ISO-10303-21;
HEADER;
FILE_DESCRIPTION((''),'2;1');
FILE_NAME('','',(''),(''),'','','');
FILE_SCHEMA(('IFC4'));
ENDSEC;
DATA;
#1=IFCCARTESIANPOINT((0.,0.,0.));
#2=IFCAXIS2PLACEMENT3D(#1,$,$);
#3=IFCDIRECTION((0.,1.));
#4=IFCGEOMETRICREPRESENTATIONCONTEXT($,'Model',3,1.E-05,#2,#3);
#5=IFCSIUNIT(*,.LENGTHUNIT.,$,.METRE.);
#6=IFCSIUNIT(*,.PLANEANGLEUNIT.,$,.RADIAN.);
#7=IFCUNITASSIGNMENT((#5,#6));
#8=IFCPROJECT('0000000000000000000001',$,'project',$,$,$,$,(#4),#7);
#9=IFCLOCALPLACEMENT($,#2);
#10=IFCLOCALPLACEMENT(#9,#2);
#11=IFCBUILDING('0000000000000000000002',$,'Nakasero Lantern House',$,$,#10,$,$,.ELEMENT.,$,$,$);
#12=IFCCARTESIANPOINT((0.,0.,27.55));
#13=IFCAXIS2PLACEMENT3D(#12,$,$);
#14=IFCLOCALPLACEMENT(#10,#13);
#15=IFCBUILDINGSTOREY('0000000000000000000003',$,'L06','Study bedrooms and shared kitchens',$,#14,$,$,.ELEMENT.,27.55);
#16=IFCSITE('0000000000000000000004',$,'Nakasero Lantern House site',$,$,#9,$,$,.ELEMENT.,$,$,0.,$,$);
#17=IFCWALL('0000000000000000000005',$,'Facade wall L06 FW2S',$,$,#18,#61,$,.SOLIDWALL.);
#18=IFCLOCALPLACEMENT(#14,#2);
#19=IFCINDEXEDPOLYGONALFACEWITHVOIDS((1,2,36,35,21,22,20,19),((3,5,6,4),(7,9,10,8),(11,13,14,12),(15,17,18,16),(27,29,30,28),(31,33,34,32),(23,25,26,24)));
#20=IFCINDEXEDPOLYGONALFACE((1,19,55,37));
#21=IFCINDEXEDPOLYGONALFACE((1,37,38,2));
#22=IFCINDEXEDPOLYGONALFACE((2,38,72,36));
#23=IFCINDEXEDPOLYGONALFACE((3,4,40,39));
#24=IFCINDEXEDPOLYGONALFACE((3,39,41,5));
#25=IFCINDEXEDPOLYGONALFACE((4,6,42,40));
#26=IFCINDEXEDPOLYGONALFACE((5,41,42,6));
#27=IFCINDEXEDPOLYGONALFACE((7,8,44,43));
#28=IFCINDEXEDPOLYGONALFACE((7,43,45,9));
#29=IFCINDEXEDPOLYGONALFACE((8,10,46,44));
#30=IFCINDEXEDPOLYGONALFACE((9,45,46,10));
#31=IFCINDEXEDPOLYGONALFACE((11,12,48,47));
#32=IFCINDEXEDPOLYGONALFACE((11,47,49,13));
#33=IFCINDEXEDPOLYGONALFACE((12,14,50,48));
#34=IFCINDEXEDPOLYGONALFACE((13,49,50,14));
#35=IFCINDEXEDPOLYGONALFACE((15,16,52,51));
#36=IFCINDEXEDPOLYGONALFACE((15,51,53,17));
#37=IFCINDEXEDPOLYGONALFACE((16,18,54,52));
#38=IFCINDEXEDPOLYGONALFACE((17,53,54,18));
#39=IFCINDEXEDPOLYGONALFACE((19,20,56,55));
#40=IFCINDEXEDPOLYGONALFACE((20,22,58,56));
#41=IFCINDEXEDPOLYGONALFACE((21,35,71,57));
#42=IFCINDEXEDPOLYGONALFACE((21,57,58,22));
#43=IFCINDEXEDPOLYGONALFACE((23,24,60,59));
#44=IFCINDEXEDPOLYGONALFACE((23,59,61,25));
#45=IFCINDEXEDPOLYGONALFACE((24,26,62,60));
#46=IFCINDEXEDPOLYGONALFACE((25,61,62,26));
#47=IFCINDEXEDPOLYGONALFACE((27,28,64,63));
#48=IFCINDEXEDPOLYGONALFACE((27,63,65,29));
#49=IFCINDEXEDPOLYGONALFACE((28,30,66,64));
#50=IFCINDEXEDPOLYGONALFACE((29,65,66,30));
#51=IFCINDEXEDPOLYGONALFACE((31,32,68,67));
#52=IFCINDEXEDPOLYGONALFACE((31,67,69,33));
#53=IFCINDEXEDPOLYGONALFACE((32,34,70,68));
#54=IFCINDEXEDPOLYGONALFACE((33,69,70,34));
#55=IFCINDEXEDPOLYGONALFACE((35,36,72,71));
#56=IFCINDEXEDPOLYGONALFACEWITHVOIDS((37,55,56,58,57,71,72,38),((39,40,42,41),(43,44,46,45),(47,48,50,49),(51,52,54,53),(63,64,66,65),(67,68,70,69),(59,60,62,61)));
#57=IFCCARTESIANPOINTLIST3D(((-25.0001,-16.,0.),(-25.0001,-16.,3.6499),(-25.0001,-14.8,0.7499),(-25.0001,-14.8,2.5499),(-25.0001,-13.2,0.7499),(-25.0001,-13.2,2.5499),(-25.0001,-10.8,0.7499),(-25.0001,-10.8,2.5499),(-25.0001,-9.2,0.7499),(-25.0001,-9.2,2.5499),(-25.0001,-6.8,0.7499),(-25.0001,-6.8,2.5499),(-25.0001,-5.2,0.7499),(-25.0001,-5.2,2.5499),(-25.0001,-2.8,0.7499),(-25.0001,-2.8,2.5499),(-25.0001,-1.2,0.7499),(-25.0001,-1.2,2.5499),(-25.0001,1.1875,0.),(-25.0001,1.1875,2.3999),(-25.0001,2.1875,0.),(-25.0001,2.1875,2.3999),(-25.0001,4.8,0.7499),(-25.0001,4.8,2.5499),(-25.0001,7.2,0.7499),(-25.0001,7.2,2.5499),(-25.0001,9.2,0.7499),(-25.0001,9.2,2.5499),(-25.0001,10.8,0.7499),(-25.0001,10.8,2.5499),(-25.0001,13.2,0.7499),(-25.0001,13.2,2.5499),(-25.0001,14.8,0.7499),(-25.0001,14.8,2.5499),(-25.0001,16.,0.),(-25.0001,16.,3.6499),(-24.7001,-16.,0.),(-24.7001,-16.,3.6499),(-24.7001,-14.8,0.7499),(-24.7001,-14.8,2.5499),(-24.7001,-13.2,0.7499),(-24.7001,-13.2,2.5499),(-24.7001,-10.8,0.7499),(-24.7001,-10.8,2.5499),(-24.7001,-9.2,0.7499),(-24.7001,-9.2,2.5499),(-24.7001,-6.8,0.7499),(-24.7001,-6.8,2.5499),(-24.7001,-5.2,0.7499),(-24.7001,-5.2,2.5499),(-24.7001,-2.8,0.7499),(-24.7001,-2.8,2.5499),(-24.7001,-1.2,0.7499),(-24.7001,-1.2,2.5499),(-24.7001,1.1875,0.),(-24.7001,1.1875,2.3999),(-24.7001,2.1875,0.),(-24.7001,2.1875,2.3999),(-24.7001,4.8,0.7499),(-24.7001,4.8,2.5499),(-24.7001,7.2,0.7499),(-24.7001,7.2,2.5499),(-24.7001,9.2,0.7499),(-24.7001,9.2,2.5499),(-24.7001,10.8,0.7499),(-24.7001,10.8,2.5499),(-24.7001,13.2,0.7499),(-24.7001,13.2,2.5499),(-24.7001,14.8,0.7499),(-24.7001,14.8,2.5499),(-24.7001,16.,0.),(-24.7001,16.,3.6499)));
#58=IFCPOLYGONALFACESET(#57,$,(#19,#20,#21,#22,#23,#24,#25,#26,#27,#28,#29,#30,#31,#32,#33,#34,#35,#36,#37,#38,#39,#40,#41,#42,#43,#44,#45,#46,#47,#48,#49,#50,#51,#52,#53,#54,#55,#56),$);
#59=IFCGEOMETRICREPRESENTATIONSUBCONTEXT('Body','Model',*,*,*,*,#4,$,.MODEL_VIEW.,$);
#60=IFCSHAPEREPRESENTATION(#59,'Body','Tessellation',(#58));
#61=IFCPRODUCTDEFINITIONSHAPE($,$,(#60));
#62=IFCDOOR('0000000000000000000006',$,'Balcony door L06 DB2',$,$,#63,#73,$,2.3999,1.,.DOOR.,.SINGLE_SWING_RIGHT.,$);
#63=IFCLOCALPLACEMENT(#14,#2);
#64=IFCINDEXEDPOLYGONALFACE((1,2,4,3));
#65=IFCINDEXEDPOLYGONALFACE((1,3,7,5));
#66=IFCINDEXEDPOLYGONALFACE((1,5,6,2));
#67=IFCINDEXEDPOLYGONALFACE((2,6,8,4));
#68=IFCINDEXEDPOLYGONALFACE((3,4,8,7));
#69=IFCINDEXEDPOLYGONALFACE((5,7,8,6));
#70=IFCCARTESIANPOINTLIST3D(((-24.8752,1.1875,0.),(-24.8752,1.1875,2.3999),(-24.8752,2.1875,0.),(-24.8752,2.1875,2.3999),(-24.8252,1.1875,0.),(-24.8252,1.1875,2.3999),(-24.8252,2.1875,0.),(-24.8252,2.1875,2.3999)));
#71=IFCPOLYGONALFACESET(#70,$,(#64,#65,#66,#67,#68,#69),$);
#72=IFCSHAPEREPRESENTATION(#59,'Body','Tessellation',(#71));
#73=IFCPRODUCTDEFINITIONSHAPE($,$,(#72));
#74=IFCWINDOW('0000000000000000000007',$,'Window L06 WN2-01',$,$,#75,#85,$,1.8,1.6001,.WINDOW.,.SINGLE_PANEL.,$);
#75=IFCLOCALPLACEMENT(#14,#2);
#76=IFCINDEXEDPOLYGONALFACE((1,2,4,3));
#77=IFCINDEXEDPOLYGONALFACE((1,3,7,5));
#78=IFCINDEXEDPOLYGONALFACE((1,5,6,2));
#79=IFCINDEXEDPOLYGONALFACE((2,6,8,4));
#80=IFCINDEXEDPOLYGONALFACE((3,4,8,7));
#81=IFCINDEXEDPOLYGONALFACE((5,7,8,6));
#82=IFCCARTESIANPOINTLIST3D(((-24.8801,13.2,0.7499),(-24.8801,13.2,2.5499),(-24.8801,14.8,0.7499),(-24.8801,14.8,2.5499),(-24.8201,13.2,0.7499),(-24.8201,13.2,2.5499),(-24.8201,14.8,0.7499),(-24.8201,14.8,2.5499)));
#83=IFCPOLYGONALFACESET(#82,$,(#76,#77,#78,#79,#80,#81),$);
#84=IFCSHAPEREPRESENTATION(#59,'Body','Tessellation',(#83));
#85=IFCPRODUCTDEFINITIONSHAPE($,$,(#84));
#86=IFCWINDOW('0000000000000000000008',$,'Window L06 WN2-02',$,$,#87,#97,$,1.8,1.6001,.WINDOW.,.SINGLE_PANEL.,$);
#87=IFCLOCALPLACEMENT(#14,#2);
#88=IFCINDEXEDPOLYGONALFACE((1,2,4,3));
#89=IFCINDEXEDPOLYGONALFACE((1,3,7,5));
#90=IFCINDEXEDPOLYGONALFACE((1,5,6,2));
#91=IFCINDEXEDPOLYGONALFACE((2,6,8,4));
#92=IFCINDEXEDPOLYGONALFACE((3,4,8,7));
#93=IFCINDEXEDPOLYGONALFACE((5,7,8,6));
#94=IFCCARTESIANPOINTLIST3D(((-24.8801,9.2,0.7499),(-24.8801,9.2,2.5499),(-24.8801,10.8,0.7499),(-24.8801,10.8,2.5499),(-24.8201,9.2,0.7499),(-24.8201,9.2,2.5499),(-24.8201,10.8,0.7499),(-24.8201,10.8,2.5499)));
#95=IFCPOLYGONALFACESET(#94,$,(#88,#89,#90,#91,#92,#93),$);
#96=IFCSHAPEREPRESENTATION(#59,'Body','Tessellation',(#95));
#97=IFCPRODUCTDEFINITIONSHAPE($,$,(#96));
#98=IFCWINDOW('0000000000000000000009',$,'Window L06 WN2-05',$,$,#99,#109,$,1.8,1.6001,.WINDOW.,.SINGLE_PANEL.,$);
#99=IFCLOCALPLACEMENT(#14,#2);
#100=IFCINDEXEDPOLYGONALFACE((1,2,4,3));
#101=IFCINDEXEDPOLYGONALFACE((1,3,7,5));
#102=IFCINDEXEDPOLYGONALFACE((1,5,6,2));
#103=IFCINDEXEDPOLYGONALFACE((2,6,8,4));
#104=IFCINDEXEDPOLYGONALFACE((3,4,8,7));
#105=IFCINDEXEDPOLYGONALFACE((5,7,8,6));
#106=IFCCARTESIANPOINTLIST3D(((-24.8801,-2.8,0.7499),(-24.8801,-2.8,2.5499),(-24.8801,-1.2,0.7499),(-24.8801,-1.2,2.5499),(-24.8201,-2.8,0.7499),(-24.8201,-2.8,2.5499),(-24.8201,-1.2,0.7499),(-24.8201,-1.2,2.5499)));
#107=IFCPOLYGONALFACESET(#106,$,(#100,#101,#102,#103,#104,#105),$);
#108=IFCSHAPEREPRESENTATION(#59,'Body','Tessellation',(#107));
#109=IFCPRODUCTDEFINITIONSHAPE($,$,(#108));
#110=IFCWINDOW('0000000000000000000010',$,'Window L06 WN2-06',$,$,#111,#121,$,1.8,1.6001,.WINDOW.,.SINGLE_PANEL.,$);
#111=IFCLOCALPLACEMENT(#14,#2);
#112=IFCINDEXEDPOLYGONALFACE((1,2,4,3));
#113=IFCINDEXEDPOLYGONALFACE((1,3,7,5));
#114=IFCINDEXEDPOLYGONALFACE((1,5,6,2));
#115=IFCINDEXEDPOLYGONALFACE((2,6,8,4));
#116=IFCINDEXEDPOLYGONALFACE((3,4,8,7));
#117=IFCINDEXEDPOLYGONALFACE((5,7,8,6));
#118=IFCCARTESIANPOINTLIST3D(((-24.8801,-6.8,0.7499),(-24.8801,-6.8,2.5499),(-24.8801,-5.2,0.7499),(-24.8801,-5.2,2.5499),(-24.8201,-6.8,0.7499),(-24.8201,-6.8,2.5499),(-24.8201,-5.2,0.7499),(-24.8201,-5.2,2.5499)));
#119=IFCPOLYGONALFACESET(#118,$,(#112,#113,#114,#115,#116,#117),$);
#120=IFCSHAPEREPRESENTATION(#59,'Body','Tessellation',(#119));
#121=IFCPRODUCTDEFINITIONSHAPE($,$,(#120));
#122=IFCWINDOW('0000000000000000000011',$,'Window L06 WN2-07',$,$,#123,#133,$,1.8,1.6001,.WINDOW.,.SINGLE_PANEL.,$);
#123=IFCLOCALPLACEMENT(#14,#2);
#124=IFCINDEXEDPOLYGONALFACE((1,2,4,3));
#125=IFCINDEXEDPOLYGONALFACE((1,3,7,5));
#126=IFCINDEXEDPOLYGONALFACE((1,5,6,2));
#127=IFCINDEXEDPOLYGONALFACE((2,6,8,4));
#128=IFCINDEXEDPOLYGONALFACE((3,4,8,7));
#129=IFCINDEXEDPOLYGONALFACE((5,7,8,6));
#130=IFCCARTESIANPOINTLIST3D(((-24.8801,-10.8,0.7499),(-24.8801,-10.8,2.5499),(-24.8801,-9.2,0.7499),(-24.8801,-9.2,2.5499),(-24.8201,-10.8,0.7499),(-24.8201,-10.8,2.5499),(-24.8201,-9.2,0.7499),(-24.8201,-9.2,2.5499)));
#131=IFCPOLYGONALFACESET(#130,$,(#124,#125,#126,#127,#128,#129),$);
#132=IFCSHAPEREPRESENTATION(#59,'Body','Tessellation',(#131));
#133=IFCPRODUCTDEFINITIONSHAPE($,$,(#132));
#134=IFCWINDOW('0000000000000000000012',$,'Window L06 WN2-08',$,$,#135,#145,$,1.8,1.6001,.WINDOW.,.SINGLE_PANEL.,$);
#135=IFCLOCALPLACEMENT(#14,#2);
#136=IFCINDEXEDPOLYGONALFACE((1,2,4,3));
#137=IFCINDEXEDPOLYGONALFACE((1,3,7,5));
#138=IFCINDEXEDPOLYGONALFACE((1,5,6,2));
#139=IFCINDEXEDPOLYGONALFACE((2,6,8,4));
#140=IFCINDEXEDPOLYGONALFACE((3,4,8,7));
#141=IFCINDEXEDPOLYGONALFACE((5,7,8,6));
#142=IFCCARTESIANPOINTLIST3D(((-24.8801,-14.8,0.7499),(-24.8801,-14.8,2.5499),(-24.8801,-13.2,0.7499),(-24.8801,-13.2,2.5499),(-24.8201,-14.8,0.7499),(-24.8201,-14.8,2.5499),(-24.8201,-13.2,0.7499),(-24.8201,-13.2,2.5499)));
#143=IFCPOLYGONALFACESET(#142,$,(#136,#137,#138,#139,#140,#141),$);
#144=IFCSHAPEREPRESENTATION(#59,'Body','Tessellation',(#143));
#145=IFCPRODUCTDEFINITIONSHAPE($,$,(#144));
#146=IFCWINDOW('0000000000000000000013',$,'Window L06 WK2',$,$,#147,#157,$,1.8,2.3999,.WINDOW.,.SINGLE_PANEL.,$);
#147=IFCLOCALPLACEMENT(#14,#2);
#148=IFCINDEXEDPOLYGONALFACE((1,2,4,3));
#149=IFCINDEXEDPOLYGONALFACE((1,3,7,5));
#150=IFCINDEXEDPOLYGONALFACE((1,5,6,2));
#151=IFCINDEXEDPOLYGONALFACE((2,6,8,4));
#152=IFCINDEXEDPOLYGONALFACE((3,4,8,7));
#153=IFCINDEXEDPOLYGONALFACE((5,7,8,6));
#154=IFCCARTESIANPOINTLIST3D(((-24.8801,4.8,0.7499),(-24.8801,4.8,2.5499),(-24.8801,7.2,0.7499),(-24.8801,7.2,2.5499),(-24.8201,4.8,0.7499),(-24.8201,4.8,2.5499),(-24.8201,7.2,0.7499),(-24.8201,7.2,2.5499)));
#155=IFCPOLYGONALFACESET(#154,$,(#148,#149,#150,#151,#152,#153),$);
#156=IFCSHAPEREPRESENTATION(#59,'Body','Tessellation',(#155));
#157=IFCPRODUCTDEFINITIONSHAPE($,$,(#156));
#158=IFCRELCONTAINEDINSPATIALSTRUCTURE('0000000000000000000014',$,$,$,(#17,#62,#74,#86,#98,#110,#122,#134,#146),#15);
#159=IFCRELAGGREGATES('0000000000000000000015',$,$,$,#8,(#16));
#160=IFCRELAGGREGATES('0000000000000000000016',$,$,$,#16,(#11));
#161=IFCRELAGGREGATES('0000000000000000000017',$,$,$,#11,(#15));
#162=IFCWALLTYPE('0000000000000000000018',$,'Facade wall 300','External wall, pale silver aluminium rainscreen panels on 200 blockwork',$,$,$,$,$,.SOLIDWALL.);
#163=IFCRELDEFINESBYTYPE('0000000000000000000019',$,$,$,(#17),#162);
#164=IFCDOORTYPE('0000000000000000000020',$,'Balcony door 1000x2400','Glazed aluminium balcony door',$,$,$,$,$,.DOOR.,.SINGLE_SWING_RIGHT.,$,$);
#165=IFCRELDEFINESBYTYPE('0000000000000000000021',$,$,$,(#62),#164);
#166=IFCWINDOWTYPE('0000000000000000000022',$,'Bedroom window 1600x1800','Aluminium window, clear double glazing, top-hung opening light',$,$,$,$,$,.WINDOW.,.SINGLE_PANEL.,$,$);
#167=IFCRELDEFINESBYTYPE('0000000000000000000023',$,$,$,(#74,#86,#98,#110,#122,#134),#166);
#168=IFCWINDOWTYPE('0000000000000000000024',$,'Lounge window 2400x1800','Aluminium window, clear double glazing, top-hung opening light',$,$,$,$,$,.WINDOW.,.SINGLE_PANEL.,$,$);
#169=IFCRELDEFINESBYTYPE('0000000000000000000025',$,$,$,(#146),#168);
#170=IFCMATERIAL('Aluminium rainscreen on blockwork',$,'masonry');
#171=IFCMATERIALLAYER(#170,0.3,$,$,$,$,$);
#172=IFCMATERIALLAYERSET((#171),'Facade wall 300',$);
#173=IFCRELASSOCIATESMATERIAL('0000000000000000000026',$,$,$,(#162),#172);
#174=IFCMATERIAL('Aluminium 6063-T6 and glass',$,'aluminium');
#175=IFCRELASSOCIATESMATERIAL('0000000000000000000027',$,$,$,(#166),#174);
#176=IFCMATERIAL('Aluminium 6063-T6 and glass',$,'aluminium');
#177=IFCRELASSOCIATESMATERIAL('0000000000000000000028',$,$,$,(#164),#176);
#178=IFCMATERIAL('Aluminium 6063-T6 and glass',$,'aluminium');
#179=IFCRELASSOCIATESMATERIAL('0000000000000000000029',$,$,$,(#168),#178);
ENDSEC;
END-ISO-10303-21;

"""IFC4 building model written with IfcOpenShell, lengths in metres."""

from ifc_helpers import new_model, si_unit, direction, frame, frame_2d, origin, place, context, subcontext, project, spatial, rectangle, extrude, material, layer, layer_set, type_object, element, fill, save


model = new_model("IFC4")

# Units and contexts
model_context = context("Model", 3, precision=1e-05, world=origin(), true_north=direction((0.0, 1.0)))
body_context = subcontext(model_context, "Body", "Model", "MODEL_VIEW")
ifc_project = project(units=[si_unit("LENGTHUNIT", "METRE"), si_unit("PLANEANGLEUNIT", "RADIAN")], contexts=[model_context])

# Site, building, storey
site_placement = place(None, origin())
site = spatial("IfcSite", under=ifc_project, at=site_placement, Name="Nakasero Lantern House site", CompositionType="ELEMENT", RefElevation=0.0)
building_placement = place(site_placement, origin())
building = spatial("IfcBuilding", under=site, at=building_placement, Name="Nakasero Lantern House", CompositionType="ELEMENT")
storey_placement = place(building_placement, frame((0.0, 0.0, 27.55)))
storey = spatial("IfcBuildingStorey", under=building, at=storey_placement, Name="L06", Description="Study bedrooms and shared kitchens", CompositionType="ELEMENT", Elevation=27.55)

# Shared definitions
ifc_material_1 = material(Name="Aluminium rainscreen on blockwork", Category="masonry")
ifc_layer_1 = layer(ifc_material_1, 0.3)
ifc_layer_set_1 = layer_set([ifc_layer_1], Name="Facade wall 300")
wall_type_1 = type_object("IfcWallType", Name="Facade wall 300", Description="External wall, pale silver aluminium rainscreen panels on 200 blockwork", PredefinedType="SOLIDWALL", material=ifc_layer_set_1)
ifc_material_2 = material(Name="Aluminium 6063-T6 and glass", Category="aluminium")
window_type_1 = type_object("IfcWindowType", Name="Bedroom window 1600x1800", Description="Aluminium window, clear double glazing, top-hung opening light", PartitioningType="SINGLE_PANEL", PredefinedType="WINDOW", material=ifc_material_2)

# Wall, openings, door, windows
wall_1_placement = place(storey_placement, frame((-24.8501, 16.0, 0.0), z_axis=(0.0, 0.0, 1.0), x_axis=(0.0, -1.0, 0.0)))
wall_1 = element("IfcWall", 1, at=wall_1_placement, inside=storey, type_object=wall_type_1, Name="Facade wall L06 FW2S", PredefinedType="SOLIDWALL", context=body_context, shape_type="SweptSolid", body=[
    extrude(rectangle(XDim=32.0, YDim=0.3, at=frame_2d((16.0, 0.0))), origin(), (0.0, 0.0, 1.0), 3.6499),
])
opening_1_placement = place(wall_1_placement, frame((1.2, 0.0, 0.75)))
opening_1 = element("IfcOpeningElement", 2, at=opening_1_placement, cuts=wall_1, PredefinedType="OPENING", context=body_context, shape_type="SweptSolid", body=[
    extrude(rectangle(XDim=1.6001, YDim=1.8, at=frame_2d((0.8, 0.8999))), frame((0.0, 0.1699, 0.0), z_axis=(0.0, -1.0, 0.0), x_axis=(1.0, 0.0, 0.0)), (0.0, 0.0, 1.0), 0.3401),
])
opening_2_placement = place(wall_1_placement, frame((5.2, 0.0, 0.75)))
opening_2 = element("IfcOpeningElement", 3, at=opening_2_placement, cuts=wall_1, PredefinedType="OPENING", context=body_context, shape_type="SweptSolid", body=[
    extrude(rectangle(XDim=1.6001, YDim=1.8, at=frame_2d((0.8, 0.8999))), frame((0.0, 0.1699, 0.0), z_axis=(0.0, -1.0, 0.0), x_axis=(1.0, 0.0, 0.0)), (0.0, 0.0, 1.0), 0.3401),
])
opening_3_placement = place(wall_1_placement, frame((17.2, 0.0, 0.75)))
opening_3 = element("IfcOpeningElement", 4, at=opening_3_placement, cuts=wall_1, PredefinedType="OPENING", context=body_context, shape_type="SweptSolid", body=[
    extrude(rectangle(XDim=1.6001, YDim=1.8, at=frame_2d((0.8, 0.8999))), frame((0.0, 0.1699, 0.0), z_axis=(0.0, -1.0, 0.0), x_axis=(1.0, 0.0, 0.0)), (0.0, 0.0, 1.0), 0.3401),
])
opening_4_placement = place(wall_1_placement, frame((21.2, 0.0, 0.75)))
opening_4 = element("IfcOpeningElement", 5, at=opening_4_placement, cuts=wall_1, PredefinedType="OPENING", context=body_context, shape_type="SweptSolid", body=[
    extrude(rectangle(XDim=1.6001, YDim=1.8, at=frame_2d((0.8, 0.8999))), frame((0.0, 0.1699, 0.0), z_axis=(0.0, -1.0, 0.0), x_axis=(1.0, 0.0, 0.0)), (0.0, 0.0, 1.0), 0.3401),
])
opening_5_placement = place(wall_1_placement, frame((25.2, 0.0, 0.75)))
opening_5 = element("IfcOpeningElement", 6, at=opening_5_placement, cuts=wall_1, PredefinedType="OPENING", context=body_context, shape_type="SweptSolid", body=[
    extrude(rectangle(XDim=1.6001, YDim=1.8, at=frame_2d((0.8, 0.8999))), frame((0.0, 0.1699, 0.0), z_axis=(0.0, -1.0, 0.0), x_axis=(1.0, 0.0, 0.0)), (0.0, 0.0, 1.0), 0.3401),
])
opening_6_placement = place(wall_1_placement, frame((29.2, 0.0, 0.75)))
opening_6 = element("IfcOpeningElement", 7, at=opening_6_placement, cuts=wall_1, PredefinedType="OPENING", context=body_context, shape_type="SweptSolid", body=[
    extrude(rectangle(XDim=1.6001, YDim=1.8, at=frame_2d((0.8, 0.8999))), frame((0.0, 0.1699, 0.0), z_axis=(0.0, -1.0, 0.0), x_axis=(1.0, 0.0, 0.0)), (0.0, 0.0, 1.0), 0.3401),
])
opening_7_placement = place(wall_1_placement, frame((8.8, 0.0, 0.75)))
opening_7 = element("IfcOpeningElement", 8, at=opening_7_placement, cuts=wall_1, PredefinedType="OPENING", context=body_context, shape_type="SweptSolid", body=[
    extrude(rectangle(XDim=2.3999, YDim=1.8, at=frame_2d((1.2, 0.8999))), frame((0.0, 0.1699, 0.0), z_axis=(0.0, -1.0, 0.0), x_axis=(1.0, 0.0, 0.0)), (0.0, 0.0, 1.0), 0.3401),
])
opening_8_placement = place(wall_1_placement, frame((13.8125, 0.0, 0.0)))
opening_8 = element("IfcOpeningElement", 9, at=opening_8_placement, cuts=wall_1, PredefinedType="OPENING", context=body_context, shape_type="SweptSolid", body=[
    extrude(rectangle(XDim=1.0, YDim=2.3999, at=frame_2d((0.5, 1.2))), frame((0.0, 0.1699, 0.0), z_axis=(0.0, -1.0, 0.0), x_axis=(1.0, 0.0, 0.0)), (0.0, 0.0, 1.0), 0.3401),
])
ifc_material_3 = material(Name="Aluminium 6063-T6 and glass", Category="aluminium")
door_type_1 = type_object("IfcDoorType", Name="Balcony door 1000x2400", Description="Glazed aluminium balcony door", OperationType="SINGLE_SWING_RIGHT", PredefinedType="DOOR", material=ifc_material_3)
door_1_placement = place(opening_8_placement, origin())
door_1 = element("IfcDoor", 10, at=door_1_placement, inside=storey, type_object=door_type_1, Name="Balcony door L06 DB2", OperationType="SINGLE_SWING_RIGHT", OverallHeight=2.3999, OverallWidth=1.0, PredefinedType="DOOR", context=body_context, shape_type="SweptSolid", body=[
    extrude(rectangle(XDim=1.0, YDim=2.3999, at=frame_2d((0.5, 1.2))), frame((0.0, 0.0249, 0.0), z_axis=(0.0, -1.0, 0.0), x_axis=(1.0, 0.0, 0.0)), (0.0, 0.0, 1.0), 0.05),
])
fill(opening_8, door_1)
window_1_placement = place(opening_1_placement, origin())
window_1 = element("IfcWindow", 11, at=window_1_placement, inside=storey, type_object=window_type_1, Name="Window L06 WN2-01", OverallHeight=1.8, OverallWidth=1.6001, PartitioningType="SINGLE_PANEL", PredefinedType="WINDOW", context=body_context, shape_type="SweptSolid", body=[
    extrude(rectangle(XDim=1.6001, YDim=1.8, at=frame_2d((0.8, 0.8999))), frame((0.0, 0.03, 0.0), z_axis=(0.0, -1.0, 0.0), x_axis=(1.0, 0.0, 0.0)), (0.0, 0.0, 1.0), 0.0601),
])
fill(opening_1, window_1)
window_2_placement = place(opening_2_placement, origin())
window_2 = element("IfcWindow", 12, at=window_2_placement, inside=storey, type_object=window_type_1, Name="Window L06 WN2-02", OverallHeight=1.8, OverallWidth=1.6001, PartitioningType="SINGLE_PANEL", PredefinedType="WINDOW", context=body_context, shape_type="SweptSolid", body=[
    extrude(rectangle(XDim=1.6001, YDim=1.8, at=frame_2d((0.8, 0.8999))), frame((0.0, 0.03, 0.0), z_axis=(0.0, -1.0, 0.0), x_axis=(1.0, 0.0, 0.0)), (0.0, 0.0, 1.0), 0.0601),
])
fill(opening_2, window_2)
window_3_placement = place(opening_3_placement, origin())
window_3 = element("IfcWindow", 13, at=window_3_placement, inside=storey, type_object=window_type_1, Name="Window L06 WN2-05", OverallHeight=1.8, OverallWidth=1.6001, PartitioningType="SINGLE_PANEL", PredefinedType="WINDOW", context=body_context, shape_type="SweptSolid", body=[
    extrude(rectangle(XDim=1.6001, YDim=1.8, at=frame_2d((0.8, 0.8999))), frame((0.0, 0.03, 0.0), z_axis=(0.0, -1.0, 0.0), x_axis=(1.0, 0.0, 0.0)), (0.0, 0.0, 1.0), 0.0601),
])
fill(opening_3, window_3)
window_4_placement = place(opening_4_placement, origin())
window_4 = element("IfcWindow", 14, at=window_4_placement, inside=storey, type_object=window_type_1, Name="Window L06 WN2-06", OverallHeight=1.8, OverallWidth=1.6001, PartitioningType="SINGLE_PANEL", PredefinedType="WINDOW", context=body_context, shape_type="SweptSolid", body=[
    extrude(rectangle(XDim=1.6001, YDim=1.8, at=frame_2d((0.8, 0.8999))), frame((0.0, 0.03, 0.0), z_axis=(0.0, -1.0, 0.0), x_axis=(1.0, 0.0, 0.0)), (0.0, 0.0, 1.0), 0.0601),
])
fill(opening_4, window_4)
window_5_placement = place(opening_5_placement, origin())
window_5 = element("IfcWindow", 15, at=window_5_placement, inside=storey, type_object=window_type_1, Name="Window L06 WN2-07", OverallHeight=1.8, OverallWidth=1.6001, PartitioningType="SINGLE_PANEL", PredefinedType="WINDOW", context=body_context, shape_type="SweptSolid", body=[
    extrude(rectangle(XDim=1.6001, YDim=1.8, at=frame_2d((0.8, 0.8999))), frame((0.0, 0.03, 0.0), z_axis=(0.0, -1.0, 0.0), x_axis=(1.0, 0.0, 0.0)), (0.0, 0.0, 1.0), 0.0601),
])
fill(opening_5, window_5)
window_6_placement = place(opening_6_placement, origin())
window_6 = element("IfcWindow", 16, at=window_6_placement, inside=storey, type_object=window_type_1, Name="Window L06 WN2-08", OverallHeight=1.8, OverallWidth=1.6001, PartitioningType="SINGLE_PANEL", PredefinedType="WINDOW", context=body_context, shape_type="SweptSolid", body=[
    extrude(rectangle(XDim=1.6001, YDim=1.8, at=frame_2d((0.8, 0.8999))), frame((0.0, 0.03, 0.0), z_axis=(0.0, -1.0, 0.0), x_axis=(1.0, 0.0, 0.0)), (0.0, 0.0, 1.0), 0.0601),
])
fill(opening_6, window_6)
ifc_material_4 = material(Name="Aluminium 6063-T6 and glass", Category="aluminium")
window_type_2 = type_object("IfcWindowType", Name="Lounge window 2400x1800", Description="Aluminium window, clear double glazing, top-hung opening light", PartitioningType="SINGLE_PANEL", PredefinedType="WINDOW", material=ifc_material_4)
window_7_placement = place(opening_7_placement, origin())
window_7 = element("IfcWindow", 17, at=window_7_placement, inside=storey, type_object=window_type_2, Name="Window L06 WK2", OverallHeight=1.8, OverallWidth=2.3999, PartitioningType="SINGLE_PANEL", PredefinedType="WINDOW", context=body_context, shape_type="SweptSolid", body=[
    extrude(rectangle(XDim=2.3999, YDim=1.8, at=frame_2d((1.2, 0.8999))), frame((0.0, 0.03, 0.0), z_axis=(0.0, -1.0, 0.0), x_axis=(1.0, 0.0, 0.0)), (0.0, 0.0, 1.0), 0.0601),
])
fill(opening_7, window_7)

save(model, "model.ifc")
